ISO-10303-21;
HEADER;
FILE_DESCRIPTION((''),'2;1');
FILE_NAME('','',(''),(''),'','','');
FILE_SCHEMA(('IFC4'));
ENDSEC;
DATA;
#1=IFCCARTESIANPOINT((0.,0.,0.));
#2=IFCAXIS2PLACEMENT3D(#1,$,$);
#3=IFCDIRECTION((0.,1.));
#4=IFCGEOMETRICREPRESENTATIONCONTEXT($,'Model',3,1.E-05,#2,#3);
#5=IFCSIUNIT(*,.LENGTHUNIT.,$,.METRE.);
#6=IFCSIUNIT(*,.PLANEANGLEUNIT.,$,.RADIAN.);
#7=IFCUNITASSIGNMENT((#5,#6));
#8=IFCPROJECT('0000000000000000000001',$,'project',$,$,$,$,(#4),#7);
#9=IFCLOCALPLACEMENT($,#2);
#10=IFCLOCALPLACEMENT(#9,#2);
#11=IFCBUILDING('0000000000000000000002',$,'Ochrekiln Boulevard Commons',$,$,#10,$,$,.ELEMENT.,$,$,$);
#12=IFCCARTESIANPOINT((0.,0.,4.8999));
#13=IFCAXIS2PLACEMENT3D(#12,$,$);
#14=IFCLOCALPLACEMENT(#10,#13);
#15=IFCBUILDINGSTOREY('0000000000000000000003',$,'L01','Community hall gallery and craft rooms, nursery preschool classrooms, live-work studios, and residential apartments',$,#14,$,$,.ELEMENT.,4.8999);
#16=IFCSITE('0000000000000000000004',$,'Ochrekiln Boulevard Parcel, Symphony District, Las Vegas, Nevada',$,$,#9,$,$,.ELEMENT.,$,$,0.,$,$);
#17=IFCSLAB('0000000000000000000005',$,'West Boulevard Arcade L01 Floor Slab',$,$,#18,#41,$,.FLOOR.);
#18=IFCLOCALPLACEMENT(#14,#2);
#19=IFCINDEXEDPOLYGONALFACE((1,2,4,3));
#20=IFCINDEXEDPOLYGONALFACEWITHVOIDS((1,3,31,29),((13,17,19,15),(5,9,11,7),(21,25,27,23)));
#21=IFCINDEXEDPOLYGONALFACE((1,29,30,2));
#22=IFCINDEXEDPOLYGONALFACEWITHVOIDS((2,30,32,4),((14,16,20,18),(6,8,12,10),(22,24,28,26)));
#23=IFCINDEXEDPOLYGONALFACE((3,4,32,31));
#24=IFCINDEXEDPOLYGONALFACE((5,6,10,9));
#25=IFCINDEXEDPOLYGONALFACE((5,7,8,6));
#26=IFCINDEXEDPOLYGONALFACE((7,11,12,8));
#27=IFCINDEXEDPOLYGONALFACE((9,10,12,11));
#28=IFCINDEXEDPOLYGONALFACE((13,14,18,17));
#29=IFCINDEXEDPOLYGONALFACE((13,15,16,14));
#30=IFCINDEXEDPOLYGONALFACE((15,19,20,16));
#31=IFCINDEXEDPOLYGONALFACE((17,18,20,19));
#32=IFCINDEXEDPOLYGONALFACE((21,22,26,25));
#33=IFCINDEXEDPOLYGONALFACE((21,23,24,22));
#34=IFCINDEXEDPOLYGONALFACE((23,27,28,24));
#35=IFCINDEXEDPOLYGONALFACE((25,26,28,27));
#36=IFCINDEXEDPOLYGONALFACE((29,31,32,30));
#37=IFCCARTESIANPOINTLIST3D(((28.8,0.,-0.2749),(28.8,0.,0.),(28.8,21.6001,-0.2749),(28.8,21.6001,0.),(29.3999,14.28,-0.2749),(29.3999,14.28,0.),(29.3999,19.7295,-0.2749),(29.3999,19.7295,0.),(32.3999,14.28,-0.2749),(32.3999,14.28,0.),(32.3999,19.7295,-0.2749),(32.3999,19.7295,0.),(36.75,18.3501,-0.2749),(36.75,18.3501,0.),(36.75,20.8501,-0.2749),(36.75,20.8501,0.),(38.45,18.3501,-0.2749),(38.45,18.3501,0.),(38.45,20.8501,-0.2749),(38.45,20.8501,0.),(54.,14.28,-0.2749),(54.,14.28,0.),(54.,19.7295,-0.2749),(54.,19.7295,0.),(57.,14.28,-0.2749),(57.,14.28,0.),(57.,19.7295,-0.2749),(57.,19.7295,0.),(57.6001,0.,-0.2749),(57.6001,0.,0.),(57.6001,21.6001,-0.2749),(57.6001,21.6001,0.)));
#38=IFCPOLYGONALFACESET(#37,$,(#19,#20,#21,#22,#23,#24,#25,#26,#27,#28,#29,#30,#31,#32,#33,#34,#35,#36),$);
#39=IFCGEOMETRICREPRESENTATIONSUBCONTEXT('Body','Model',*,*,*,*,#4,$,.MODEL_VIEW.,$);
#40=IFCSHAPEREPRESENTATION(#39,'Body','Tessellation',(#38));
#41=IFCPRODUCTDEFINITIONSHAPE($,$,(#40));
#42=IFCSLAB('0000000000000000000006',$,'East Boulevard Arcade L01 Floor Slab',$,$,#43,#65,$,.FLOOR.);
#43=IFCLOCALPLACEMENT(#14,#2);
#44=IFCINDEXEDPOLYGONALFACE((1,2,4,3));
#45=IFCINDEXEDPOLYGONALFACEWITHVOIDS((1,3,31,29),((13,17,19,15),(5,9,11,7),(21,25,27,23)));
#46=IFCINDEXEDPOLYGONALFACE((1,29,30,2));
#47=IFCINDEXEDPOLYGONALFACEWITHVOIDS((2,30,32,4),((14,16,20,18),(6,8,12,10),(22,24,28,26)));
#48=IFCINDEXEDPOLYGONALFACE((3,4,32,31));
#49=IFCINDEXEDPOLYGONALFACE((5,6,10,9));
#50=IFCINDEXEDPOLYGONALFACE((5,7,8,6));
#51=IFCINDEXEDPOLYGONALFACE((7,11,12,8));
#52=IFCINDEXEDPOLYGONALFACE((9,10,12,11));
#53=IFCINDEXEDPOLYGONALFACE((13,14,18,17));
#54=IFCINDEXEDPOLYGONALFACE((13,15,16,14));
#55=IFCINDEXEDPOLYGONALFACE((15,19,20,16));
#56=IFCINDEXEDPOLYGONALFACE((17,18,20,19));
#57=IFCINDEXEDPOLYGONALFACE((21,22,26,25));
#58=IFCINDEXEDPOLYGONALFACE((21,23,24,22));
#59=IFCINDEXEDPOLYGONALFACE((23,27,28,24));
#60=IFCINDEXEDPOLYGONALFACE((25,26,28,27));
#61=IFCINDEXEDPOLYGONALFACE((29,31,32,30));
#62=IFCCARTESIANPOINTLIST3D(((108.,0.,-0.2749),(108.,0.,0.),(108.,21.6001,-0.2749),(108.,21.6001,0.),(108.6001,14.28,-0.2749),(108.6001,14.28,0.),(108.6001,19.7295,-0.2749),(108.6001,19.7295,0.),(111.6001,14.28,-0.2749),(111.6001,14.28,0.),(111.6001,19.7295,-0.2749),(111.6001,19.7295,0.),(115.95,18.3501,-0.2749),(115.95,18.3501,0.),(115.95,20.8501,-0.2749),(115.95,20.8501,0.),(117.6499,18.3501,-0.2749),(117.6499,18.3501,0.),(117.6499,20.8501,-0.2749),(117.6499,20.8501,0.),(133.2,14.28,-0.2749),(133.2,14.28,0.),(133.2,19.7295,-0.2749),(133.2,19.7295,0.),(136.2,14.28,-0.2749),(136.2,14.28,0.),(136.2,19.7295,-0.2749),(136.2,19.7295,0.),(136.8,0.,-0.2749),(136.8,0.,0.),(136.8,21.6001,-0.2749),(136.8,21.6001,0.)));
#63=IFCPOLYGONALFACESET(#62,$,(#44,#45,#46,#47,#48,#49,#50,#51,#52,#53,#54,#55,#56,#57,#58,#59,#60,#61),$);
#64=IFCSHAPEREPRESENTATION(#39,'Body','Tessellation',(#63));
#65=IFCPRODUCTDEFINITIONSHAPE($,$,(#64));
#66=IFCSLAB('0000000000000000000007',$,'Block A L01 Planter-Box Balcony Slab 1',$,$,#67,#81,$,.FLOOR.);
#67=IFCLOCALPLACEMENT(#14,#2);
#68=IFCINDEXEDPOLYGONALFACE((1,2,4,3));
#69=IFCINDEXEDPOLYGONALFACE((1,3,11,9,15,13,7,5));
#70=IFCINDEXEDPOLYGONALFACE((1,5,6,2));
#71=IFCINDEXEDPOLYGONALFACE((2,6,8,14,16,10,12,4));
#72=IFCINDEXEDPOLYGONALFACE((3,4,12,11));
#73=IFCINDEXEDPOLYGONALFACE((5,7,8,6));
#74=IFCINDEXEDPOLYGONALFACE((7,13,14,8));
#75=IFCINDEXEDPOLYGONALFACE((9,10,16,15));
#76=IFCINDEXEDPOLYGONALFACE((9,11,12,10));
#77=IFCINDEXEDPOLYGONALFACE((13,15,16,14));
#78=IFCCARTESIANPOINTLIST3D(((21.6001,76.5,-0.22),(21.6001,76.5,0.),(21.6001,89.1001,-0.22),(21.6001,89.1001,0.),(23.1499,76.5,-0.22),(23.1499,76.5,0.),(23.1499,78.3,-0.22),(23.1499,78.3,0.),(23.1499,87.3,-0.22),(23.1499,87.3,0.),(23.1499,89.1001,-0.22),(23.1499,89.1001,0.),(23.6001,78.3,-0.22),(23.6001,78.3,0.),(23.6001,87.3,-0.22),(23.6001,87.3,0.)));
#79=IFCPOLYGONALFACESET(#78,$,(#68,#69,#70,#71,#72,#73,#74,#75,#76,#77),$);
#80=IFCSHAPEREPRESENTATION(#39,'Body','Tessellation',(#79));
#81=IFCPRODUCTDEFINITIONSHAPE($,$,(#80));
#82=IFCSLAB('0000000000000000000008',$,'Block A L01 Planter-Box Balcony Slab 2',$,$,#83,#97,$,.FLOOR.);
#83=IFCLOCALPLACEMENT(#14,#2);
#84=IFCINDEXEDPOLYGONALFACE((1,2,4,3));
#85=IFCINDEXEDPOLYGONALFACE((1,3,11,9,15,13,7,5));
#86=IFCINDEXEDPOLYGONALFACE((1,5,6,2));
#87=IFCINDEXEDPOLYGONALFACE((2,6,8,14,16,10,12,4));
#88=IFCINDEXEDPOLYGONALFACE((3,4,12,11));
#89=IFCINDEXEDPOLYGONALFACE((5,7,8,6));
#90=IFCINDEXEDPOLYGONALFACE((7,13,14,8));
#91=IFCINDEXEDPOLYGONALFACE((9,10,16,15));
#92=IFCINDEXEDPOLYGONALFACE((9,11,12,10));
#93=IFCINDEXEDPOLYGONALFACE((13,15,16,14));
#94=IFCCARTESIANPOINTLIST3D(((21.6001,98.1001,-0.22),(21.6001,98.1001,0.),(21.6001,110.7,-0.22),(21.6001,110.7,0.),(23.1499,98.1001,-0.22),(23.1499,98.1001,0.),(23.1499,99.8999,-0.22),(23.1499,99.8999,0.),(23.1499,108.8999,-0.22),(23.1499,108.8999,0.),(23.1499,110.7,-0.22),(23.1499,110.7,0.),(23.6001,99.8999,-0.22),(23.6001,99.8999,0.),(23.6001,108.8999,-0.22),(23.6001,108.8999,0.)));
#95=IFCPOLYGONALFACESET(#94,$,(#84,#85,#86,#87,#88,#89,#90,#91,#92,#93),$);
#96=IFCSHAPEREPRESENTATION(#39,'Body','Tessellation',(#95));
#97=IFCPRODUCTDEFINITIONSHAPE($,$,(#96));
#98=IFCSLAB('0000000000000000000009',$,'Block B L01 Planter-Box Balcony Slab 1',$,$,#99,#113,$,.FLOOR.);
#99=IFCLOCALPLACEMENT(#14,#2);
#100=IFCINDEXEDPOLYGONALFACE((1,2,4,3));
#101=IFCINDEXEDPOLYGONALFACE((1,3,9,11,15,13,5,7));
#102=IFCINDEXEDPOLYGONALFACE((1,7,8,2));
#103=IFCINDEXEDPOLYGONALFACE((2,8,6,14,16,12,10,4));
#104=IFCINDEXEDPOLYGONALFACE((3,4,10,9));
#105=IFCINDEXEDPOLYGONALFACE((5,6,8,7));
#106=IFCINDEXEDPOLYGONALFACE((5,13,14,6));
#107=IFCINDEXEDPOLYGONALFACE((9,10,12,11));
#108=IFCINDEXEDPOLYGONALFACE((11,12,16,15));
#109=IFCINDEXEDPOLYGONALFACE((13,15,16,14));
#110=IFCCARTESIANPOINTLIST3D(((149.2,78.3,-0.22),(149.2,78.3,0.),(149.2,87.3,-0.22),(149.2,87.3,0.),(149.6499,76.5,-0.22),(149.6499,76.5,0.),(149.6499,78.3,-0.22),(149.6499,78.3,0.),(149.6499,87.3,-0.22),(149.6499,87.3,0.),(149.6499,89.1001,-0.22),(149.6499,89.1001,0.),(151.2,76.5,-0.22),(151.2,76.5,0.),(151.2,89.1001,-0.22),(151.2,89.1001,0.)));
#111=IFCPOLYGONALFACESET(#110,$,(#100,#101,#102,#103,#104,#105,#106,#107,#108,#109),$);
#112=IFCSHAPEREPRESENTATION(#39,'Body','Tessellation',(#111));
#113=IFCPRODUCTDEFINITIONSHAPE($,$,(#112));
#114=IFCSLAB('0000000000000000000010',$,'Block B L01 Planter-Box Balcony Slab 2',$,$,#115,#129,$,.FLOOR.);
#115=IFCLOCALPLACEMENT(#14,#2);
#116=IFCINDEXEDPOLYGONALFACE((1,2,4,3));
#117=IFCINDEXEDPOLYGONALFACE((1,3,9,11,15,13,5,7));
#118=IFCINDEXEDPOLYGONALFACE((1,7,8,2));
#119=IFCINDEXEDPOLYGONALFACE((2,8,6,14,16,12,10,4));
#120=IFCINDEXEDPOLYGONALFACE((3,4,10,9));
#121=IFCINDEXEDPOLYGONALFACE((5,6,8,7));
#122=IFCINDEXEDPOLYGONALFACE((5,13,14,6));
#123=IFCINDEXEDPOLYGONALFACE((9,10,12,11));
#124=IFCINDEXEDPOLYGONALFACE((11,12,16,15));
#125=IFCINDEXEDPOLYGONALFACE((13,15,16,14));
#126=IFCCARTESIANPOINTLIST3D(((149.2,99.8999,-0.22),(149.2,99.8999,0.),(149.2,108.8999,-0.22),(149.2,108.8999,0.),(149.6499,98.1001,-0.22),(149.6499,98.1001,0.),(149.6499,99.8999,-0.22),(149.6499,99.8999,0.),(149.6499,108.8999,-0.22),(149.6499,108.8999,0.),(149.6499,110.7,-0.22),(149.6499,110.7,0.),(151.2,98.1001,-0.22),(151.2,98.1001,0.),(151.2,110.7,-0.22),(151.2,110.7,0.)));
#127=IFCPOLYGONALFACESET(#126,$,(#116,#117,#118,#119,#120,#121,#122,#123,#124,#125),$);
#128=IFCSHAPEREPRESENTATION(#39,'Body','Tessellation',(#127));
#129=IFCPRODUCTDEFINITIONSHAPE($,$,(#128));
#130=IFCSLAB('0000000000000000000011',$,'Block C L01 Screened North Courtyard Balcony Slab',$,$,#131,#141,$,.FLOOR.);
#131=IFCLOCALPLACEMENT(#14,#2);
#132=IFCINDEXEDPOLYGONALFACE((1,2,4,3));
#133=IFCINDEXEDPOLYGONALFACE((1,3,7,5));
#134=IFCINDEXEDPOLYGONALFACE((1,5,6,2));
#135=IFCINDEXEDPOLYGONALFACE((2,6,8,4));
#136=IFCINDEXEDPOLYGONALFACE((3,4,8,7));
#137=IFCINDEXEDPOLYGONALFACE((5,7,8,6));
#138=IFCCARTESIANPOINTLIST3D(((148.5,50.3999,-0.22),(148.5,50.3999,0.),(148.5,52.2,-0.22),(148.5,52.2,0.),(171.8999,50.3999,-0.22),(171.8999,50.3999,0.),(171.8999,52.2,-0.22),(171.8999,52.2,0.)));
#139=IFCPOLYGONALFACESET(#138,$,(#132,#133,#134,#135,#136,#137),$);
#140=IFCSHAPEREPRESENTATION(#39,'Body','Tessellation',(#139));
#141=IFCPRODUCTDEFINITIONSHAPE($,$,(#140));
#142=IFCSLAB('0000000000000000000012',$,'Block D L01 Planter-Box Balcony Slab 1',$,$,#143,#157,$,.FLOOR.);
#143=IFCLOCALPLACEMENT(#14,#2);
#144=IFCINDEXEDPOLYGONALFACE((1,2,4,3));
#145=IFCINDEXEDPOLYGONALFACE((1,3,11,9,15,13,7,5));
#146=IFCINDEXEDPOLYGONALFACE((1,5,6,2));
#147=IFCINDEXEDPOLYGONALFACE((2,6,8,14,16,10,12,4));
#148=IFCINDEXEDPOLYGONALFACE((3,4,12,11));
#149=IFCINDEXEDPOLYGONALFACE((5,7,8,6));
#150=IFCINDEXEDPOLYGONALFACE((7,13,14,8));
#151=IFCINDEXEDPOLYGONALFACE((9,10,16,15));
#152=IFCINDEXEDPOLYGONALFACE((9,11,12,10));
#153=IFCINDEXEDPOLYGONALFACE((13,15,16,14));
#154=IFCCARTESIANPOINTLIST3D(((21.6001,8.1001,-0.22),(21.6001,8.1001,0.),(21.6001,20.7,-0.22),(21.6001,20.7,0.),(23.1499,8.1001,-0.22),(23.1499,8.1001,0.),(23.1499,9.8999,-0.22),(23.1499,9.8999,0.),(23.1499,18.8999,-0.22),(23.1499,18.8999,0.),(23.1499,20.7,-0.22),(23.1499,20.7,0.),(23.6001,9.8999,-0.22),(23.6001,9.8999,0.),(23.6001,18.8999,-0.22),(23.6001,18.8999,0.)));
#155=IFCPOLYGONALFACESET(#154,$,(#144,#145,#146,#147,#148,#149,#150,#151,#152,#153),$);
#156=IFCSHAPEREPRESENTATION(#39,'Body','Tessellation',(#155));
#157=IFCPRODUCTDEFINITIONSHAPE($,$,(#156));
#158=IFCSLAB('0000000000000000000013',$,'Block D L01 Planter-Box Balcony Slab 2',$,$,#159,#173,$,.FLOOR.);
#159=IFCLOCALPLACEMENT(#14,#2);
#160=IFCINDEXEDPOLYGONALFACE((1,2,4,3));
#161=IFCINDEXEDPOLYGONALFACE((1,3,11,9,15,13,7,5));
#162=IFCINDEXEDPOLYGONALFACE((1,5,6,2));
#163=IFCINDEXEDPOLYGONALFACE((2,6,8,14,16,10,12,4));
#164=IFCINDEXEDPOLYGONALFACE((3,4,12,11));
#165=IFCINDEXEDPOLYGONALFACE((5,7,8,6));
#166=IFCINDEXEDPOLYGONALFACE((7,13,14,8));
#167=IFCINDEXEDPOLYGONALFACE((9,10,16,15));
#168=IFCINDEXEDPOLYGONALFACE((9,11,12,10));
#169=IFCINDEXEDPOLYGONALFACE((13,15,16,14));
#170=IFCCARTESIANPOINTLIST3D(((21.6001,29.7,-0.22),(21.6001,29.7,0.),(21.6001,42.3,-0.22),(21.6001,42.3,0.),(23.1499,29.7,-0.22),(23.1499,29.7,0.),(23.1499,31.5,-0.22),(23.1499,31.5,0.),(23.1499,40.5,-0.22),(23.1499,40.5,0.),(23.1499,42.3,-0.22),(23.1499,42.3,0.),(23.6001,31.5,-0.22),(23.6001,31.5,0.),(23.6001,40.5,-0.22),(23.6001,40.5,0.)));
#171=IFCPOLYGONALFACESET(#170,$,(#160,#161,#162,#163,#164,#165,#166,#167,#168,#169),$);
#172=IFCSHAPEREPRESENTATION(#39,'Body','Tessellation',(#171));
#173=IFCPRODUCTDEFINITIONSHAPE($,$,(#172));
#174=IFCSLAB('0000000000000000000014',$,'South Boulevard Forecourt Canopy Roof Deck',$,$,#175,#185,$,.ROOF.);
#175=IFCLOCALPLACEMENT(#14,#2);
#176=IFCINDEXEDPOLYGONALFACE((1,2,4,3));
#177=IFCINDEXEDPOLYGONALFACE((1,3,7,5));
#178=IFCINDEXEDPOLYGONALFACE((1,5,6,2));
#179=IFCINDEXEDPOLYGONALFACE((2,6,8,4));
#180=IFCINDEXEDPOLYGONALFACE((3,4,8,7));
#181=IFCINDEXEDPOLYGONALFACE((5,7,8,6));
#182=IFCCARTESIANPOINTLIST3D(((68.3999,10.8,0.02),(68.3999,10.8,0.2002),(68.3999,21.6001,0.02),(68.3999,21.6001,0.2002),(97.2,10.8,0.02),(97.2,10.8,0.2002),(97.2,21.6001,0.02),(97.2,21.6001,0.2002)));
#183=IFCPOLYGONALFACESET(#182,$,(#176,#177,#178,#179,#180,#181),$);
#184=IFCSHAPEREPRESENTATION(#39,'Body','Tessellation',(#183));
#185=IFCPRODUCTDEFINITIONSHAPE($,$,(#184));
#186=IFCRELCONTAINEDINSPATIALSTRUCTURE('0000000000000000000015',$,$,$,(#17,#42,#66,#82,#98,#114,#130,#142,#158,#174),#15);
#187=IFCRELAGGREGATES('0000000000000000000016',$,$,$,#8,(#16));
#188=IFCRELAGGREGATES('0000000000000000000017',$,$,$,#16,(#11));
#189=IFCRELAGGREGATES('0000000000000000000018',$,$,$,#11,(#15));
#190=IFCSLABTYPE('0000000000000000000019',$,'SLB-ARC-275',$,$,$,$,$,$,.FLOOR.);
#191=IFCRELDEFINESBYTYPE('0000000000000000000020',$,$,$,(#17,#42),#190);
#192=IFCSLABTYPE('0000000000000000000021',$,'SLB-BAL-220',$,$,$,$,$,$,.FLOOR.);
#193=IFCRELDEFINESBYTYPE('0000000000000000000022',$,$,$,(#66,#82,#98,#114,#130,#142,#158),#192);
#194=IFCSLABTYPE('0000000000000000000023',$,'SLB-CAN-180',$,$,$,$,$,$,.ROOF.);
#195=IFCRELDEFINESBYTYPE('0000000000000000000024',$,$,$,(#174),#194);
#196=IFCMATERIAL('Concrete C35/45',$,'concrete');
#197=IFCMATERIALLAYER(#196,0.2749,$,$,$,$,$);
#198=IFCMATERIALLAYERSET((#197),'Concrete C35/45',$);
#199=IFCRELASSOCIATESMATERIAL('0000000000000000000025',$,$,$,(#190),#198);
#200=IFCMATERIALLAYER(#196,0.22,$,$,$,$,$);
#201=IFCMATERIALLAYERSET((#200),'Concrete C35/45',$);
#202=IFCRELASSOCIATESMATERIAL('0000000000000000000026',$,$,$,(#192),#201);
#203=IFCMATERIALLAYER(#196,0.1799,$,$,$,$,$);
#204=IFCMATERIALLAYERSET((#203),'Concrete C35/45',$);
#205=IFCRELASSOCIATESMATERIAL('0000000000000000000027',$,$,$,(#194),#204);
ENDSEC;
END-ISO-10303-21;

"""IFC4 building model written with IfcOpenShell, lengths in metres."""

from ifc_helpers import new_model, si_unit, direction, frame, origin, place, context, subcontext, project, spatial, polyline, outline, extrude, material, layer, layer_set, type_object, element, save


model = new_model("IFC4")

# Units and contexts
model_context = context("Model", 3, precision=1e-05, world=origin(), true_north=direction((0.0, 1.0)))
body_context = subcontext(model_context, "Body", "Model", "MODEL_VIEW")
ifc_project = project(units=[si_unit("LENGTHUNIT", "METRE"), si_unit("PLANEANGLEUNIT", "RADIAN")], contexts=[model_context])

# Site, building, storey
site_placement = place(None, origin())
site = spatial("IfcSite", under=ifc_project, at=site_placement, Name="Ochrekiln Boulevard Parcel, Symphony District, Las Vegas, Nevada", CompositionType="ELEMENT", RefElevation=0.0)
building_placement = place(site_placement, origin())
building = spatial("IfcBuilding", under=site, at=building_placement, Name="Ochrekiln Boulevard Commons", CompositionType="ELEMENT")
storey_placement = place(building_placement, frame((0.0, 0.0, 4.8999)))
storey = spatial("IfcBuildingStorey", under=building, at=storey_placement, Name="L01", Description="Community hall gallery and craft rooms, nursery preschool classrooms, live-work studios, and residential apartments", CompositionType="ELEMENT", Elevation=4.8999)

# Slabs
ifc_material = material(Name="Concrete C35/45", Category="concrete")
ifc_layer_1 = layer(ifc_material, 0.2749)
ifc_layer_set_1 = layer_set([ifc_layer_1], Name="Concrete C35/45")
slab_type_1 = type_object("IfcSlabType", Name="SLB-ARC-275", PredefinedType="FLOOR", material=ifc_layer_set_1)
slab_1_placement = place(storey_placement, frame((0.0, 0.0, -0.2749)))
element("IfcSlab", 1, at=slab_1_placement, inside=storey, type_object=slab_type_1, Name="West Boulevard Arcade L01 Floor Slab", PredefinedType="FLOOR", context=body_context, shape_type="SweptSolid", body=[
    extrude(outline(polyline([(28.8, 0.0), (57.6001, 0.0), (57.6001, 21.6001), (28.8, 21.6001), (28.8, 0.0)]), holes=[polyline([(29.3999, 19.7295), (29.3999, 14.28), (32.3999, 14.28), (32.3999, 19.7295), (29.3999, 19.7295)]), polyline([(54.0, 19.7295), (54.0, 14.28), (57.0, 14.28), (57.0, 19.7295), (54.0, 19.7295)]), polyline([(36.75, 18.3501), (38.45, 18.3501), (38.45, 20.8501), (36.75, 20.8501), (36.75, 18.3501)])]), origin(), (0.0, 0.0, 1.0), 0.2749),
])
slab_2_placement = place(storey_placement, frame((0.0, 0.0, -0.2749)))
element("IfcSlab", 2, at=slab_2_placement, inside=storey, type_object=slab_type_1, Name="East Boulevard Arcade L01 Floor Slab", PredefinedType="FLOOR", context=body_context, shape_type="SweptSolid", body=[
    extrude(outline(polyline([(108.0, 0.0), (136.8, 0.0), (136.8, 21.6001), (108.0, 21.6001), (108.0, 0.0)]), holes=[polyline([(108.6001, 19.7295), (108.6001, 14.28), (111.6001, 14.28), (111.6001, 19.7295), (108.6001, 19.7295)]), polyline([(133.2, 19.7295), (133.2, 14.28), (136.2, 14.28), (136.2, 19.7295), (133.2, 19.7295)]), polyline([(115.95, 18.3501), (117.6499, 18.3501), (117.6499, 20.8501), (115.95, 20.8501), (115.95, 18.3501)])]), origin(), (0.0, 0.0, 1.0), 0.2749),
])
ifc_layer_2 = layer(ifc_material, 0.22)
ifc_layer_set_2 = layer_set([ifc_layer_2], Name="Concrete C35/45")
slab_type_2 = type_object("IfcSlabType", Name="SLB-BAL-220", PredefinedType="FLOOR", material=ifc_layer_set_2)
slab_3_placement = place(storey_placement, frame((0.0, 0.0, -0.22)))
element("IfcSlab", 3, at=slab_3_placement, inside=storey, type_object=slab_type_2, Name="Block A L01 Planter-Box Balcony Slab 1", PredefinedType="FLOOR", context=body_context, shape_type="SweptSolid", body=[
    extrude(outline(polyline([(21.6001, 76.5), (23.1499, 76.5), (23.1499, 78.3), (23.6001, 78.3), (23.6001, 87.3), (23.1499, 87.3), (23.1499, 89.1001), (21.6001, 89.1001), (21.6001, 76.5)])), origin(), (0.0, 0.0, 1.0), 0.22),
])
slab_4_placement = place(storey_placement, frame((0.0, 0.0, -0.22)))
element("IfcSlab", 4, at=slab_4_placement, inside=storey, type_object=slab_type_2, Name="Block A L01 Planter-Box Balcony Slab 2", PredefinedType="FLOOR", context=body_context, shape_type="SweptSolid", body=[
    extrude(outline(polyline([(21.6001, 98.1001), (23.1499, 98.1001), (23.1499, 99.8999), (23.6001, 99.8999), (23.6001, 108.8999), (23.1499, 108.8999), (23.1499, 110.7), (21.6001, 110.7), (21.6001, 98.1001)])), origin(), (0.0, 0.0, 1.0), 0.22),
])
slab_5_placement = place(storey_placement, frame((0.0, 0.0, -0.22)))
element("IfcSlab", 5, at=slab_5_placement, inside=storey, type_object=slab_type_2, Name="Block B L01 Planter-Box Balcony Slab 1", PredefinedType="FLOOR", context=body_context, shape_type="SweptSolid", body=[
    extrude(outline(polyline([(151.2, 76.5), (151.2, 89.1001), (149.6499, 89.1001), (149.6499, 87.3), (149.2, 87.3), (149.2, 78.3), (149.6499, 78.3), (149.6499, 76.5), (151.2, 76.5)])), origin(), (0.0, 0.0, 1.0), 0.22),
])
slab_6_placement = place(storey_placement, frame((0.0, 0.0, -0.22)))
element("IfcSlab", 6, at=slab_6_placement, inside=storey, type_object=slab_type_2, Name="Block B L01 Planter-Box Balcony Slab 2", PredefinedType="FLOOR", context=body_context, shape_type="SweptSolid", body=[
    extrude(outline(polyline([(151.2, 98.1001), (151.2, 110.7), (149.6499, 110.7), (149.6499, 108.8999), (149.2, 108.8999), (149.2, 99.8999), (149.6499, 99.8999), (149.6499, 98.1001), (151.2, 98.1001)])), origin(), (0.0, 0.0, 1.0), 0.22),
])
slab_7_placement = place(storey_placement, frame((0.0, 0.0, -0.22)))
element("IfcSlab", 7, at=slab_7_placement, inside=storey, type_object=slab_type_2, Name="Block C L01 Screened North Courtyard Balcony Slab", PredefinedType="FLOOR", context=body_context, shape_type="SweptSolid", body=[
    extrude(outline(polyline([(148.5, 50.3999), (171.8999, 50.3999), (171.8999, 52.2), (148.5, 52.2), (148.5, 50.3999)])), origin(), (0.0, 0.0, 1.0), 0.22),
])
slab_8_placement = place(storey_placement, frame((0.0, 0.0, -0.22)))
element("IfcSlab", 8, at=slab_8_placement, inside=storey, type_object=slab_type_2, Name="Block D L01 Planter-Box Balcony Slab 1", PredefinedType="FLOOR", context=body_context, shape_type="SweptSolid", body=[
    extrude(outline(polyline([(21.6001, 8.1001), (23.1499, 8.1001), (23.1499, 9.8999), (23.6001, 9.8999), (23.6001, 18.8999), (23.1499, 18.8999), (23.1499, 20.7), (21.6001, 20.7), (21.6001, 8.1001)])), origin(), (0.0, 0.0, 1.0), 0.22),
])
slab_9_placement = place(storey_placement, frame((0.0, 0.0, -0.22)))
element("IfcSlab", 9, at=slab_9_placement, inside=storey, type_object=slab_type_2, Name="Block D L01 Planter-Box Balcony Slab 2", PredefinedType="FLOOR", context=body_context, shape_type="SweptSolid", body=[
    extrude(outline(polyline([(21.6001, 29.7), (23.1499, 29.7), (23.1499, 31.5), (23.6001, 31.5), (23.6001, 40.5), (23.1499, 40.5), (23.1499, 42.3), (21.6001, 42.3), (21.6001, 29.7)])), origin(), (0.0, 0.0, 1.0), 0.22),
])
ifc_layer_3 = layer(ifc_material, 0.1799)
ifc_layer_set_3 = layer_set([ifc_layer_3], Name="Concrete C35/45")
slab_type_3 = type_object("IfcSlabType", Name="SLB-CAN-180", PredefinedType="ROOF", material=ifc_layer_set_3)
slab_10_placement = place(storey_placement, frame((0.0, 0.0, 0.02)))
element("IfcSlab", 10, at=slab_10_placement, inside=storey, type_object=slab_type_3, Name="South Boulevard Forecourt Canopy Roof Deck", PredefinedType="ROOF", context=body_context, shape_type="SweptSolid", body=[
    extrude(outline(polyline([(68.3999, 10.8), (97.2, 10.8), (97.2, 21.6001), (68.3999, 21.6001), (68.3999, 10.8)])), origin(), (0.0, 0.0, 1.0), 0.1802),
])

save(model, "model.ifc")
